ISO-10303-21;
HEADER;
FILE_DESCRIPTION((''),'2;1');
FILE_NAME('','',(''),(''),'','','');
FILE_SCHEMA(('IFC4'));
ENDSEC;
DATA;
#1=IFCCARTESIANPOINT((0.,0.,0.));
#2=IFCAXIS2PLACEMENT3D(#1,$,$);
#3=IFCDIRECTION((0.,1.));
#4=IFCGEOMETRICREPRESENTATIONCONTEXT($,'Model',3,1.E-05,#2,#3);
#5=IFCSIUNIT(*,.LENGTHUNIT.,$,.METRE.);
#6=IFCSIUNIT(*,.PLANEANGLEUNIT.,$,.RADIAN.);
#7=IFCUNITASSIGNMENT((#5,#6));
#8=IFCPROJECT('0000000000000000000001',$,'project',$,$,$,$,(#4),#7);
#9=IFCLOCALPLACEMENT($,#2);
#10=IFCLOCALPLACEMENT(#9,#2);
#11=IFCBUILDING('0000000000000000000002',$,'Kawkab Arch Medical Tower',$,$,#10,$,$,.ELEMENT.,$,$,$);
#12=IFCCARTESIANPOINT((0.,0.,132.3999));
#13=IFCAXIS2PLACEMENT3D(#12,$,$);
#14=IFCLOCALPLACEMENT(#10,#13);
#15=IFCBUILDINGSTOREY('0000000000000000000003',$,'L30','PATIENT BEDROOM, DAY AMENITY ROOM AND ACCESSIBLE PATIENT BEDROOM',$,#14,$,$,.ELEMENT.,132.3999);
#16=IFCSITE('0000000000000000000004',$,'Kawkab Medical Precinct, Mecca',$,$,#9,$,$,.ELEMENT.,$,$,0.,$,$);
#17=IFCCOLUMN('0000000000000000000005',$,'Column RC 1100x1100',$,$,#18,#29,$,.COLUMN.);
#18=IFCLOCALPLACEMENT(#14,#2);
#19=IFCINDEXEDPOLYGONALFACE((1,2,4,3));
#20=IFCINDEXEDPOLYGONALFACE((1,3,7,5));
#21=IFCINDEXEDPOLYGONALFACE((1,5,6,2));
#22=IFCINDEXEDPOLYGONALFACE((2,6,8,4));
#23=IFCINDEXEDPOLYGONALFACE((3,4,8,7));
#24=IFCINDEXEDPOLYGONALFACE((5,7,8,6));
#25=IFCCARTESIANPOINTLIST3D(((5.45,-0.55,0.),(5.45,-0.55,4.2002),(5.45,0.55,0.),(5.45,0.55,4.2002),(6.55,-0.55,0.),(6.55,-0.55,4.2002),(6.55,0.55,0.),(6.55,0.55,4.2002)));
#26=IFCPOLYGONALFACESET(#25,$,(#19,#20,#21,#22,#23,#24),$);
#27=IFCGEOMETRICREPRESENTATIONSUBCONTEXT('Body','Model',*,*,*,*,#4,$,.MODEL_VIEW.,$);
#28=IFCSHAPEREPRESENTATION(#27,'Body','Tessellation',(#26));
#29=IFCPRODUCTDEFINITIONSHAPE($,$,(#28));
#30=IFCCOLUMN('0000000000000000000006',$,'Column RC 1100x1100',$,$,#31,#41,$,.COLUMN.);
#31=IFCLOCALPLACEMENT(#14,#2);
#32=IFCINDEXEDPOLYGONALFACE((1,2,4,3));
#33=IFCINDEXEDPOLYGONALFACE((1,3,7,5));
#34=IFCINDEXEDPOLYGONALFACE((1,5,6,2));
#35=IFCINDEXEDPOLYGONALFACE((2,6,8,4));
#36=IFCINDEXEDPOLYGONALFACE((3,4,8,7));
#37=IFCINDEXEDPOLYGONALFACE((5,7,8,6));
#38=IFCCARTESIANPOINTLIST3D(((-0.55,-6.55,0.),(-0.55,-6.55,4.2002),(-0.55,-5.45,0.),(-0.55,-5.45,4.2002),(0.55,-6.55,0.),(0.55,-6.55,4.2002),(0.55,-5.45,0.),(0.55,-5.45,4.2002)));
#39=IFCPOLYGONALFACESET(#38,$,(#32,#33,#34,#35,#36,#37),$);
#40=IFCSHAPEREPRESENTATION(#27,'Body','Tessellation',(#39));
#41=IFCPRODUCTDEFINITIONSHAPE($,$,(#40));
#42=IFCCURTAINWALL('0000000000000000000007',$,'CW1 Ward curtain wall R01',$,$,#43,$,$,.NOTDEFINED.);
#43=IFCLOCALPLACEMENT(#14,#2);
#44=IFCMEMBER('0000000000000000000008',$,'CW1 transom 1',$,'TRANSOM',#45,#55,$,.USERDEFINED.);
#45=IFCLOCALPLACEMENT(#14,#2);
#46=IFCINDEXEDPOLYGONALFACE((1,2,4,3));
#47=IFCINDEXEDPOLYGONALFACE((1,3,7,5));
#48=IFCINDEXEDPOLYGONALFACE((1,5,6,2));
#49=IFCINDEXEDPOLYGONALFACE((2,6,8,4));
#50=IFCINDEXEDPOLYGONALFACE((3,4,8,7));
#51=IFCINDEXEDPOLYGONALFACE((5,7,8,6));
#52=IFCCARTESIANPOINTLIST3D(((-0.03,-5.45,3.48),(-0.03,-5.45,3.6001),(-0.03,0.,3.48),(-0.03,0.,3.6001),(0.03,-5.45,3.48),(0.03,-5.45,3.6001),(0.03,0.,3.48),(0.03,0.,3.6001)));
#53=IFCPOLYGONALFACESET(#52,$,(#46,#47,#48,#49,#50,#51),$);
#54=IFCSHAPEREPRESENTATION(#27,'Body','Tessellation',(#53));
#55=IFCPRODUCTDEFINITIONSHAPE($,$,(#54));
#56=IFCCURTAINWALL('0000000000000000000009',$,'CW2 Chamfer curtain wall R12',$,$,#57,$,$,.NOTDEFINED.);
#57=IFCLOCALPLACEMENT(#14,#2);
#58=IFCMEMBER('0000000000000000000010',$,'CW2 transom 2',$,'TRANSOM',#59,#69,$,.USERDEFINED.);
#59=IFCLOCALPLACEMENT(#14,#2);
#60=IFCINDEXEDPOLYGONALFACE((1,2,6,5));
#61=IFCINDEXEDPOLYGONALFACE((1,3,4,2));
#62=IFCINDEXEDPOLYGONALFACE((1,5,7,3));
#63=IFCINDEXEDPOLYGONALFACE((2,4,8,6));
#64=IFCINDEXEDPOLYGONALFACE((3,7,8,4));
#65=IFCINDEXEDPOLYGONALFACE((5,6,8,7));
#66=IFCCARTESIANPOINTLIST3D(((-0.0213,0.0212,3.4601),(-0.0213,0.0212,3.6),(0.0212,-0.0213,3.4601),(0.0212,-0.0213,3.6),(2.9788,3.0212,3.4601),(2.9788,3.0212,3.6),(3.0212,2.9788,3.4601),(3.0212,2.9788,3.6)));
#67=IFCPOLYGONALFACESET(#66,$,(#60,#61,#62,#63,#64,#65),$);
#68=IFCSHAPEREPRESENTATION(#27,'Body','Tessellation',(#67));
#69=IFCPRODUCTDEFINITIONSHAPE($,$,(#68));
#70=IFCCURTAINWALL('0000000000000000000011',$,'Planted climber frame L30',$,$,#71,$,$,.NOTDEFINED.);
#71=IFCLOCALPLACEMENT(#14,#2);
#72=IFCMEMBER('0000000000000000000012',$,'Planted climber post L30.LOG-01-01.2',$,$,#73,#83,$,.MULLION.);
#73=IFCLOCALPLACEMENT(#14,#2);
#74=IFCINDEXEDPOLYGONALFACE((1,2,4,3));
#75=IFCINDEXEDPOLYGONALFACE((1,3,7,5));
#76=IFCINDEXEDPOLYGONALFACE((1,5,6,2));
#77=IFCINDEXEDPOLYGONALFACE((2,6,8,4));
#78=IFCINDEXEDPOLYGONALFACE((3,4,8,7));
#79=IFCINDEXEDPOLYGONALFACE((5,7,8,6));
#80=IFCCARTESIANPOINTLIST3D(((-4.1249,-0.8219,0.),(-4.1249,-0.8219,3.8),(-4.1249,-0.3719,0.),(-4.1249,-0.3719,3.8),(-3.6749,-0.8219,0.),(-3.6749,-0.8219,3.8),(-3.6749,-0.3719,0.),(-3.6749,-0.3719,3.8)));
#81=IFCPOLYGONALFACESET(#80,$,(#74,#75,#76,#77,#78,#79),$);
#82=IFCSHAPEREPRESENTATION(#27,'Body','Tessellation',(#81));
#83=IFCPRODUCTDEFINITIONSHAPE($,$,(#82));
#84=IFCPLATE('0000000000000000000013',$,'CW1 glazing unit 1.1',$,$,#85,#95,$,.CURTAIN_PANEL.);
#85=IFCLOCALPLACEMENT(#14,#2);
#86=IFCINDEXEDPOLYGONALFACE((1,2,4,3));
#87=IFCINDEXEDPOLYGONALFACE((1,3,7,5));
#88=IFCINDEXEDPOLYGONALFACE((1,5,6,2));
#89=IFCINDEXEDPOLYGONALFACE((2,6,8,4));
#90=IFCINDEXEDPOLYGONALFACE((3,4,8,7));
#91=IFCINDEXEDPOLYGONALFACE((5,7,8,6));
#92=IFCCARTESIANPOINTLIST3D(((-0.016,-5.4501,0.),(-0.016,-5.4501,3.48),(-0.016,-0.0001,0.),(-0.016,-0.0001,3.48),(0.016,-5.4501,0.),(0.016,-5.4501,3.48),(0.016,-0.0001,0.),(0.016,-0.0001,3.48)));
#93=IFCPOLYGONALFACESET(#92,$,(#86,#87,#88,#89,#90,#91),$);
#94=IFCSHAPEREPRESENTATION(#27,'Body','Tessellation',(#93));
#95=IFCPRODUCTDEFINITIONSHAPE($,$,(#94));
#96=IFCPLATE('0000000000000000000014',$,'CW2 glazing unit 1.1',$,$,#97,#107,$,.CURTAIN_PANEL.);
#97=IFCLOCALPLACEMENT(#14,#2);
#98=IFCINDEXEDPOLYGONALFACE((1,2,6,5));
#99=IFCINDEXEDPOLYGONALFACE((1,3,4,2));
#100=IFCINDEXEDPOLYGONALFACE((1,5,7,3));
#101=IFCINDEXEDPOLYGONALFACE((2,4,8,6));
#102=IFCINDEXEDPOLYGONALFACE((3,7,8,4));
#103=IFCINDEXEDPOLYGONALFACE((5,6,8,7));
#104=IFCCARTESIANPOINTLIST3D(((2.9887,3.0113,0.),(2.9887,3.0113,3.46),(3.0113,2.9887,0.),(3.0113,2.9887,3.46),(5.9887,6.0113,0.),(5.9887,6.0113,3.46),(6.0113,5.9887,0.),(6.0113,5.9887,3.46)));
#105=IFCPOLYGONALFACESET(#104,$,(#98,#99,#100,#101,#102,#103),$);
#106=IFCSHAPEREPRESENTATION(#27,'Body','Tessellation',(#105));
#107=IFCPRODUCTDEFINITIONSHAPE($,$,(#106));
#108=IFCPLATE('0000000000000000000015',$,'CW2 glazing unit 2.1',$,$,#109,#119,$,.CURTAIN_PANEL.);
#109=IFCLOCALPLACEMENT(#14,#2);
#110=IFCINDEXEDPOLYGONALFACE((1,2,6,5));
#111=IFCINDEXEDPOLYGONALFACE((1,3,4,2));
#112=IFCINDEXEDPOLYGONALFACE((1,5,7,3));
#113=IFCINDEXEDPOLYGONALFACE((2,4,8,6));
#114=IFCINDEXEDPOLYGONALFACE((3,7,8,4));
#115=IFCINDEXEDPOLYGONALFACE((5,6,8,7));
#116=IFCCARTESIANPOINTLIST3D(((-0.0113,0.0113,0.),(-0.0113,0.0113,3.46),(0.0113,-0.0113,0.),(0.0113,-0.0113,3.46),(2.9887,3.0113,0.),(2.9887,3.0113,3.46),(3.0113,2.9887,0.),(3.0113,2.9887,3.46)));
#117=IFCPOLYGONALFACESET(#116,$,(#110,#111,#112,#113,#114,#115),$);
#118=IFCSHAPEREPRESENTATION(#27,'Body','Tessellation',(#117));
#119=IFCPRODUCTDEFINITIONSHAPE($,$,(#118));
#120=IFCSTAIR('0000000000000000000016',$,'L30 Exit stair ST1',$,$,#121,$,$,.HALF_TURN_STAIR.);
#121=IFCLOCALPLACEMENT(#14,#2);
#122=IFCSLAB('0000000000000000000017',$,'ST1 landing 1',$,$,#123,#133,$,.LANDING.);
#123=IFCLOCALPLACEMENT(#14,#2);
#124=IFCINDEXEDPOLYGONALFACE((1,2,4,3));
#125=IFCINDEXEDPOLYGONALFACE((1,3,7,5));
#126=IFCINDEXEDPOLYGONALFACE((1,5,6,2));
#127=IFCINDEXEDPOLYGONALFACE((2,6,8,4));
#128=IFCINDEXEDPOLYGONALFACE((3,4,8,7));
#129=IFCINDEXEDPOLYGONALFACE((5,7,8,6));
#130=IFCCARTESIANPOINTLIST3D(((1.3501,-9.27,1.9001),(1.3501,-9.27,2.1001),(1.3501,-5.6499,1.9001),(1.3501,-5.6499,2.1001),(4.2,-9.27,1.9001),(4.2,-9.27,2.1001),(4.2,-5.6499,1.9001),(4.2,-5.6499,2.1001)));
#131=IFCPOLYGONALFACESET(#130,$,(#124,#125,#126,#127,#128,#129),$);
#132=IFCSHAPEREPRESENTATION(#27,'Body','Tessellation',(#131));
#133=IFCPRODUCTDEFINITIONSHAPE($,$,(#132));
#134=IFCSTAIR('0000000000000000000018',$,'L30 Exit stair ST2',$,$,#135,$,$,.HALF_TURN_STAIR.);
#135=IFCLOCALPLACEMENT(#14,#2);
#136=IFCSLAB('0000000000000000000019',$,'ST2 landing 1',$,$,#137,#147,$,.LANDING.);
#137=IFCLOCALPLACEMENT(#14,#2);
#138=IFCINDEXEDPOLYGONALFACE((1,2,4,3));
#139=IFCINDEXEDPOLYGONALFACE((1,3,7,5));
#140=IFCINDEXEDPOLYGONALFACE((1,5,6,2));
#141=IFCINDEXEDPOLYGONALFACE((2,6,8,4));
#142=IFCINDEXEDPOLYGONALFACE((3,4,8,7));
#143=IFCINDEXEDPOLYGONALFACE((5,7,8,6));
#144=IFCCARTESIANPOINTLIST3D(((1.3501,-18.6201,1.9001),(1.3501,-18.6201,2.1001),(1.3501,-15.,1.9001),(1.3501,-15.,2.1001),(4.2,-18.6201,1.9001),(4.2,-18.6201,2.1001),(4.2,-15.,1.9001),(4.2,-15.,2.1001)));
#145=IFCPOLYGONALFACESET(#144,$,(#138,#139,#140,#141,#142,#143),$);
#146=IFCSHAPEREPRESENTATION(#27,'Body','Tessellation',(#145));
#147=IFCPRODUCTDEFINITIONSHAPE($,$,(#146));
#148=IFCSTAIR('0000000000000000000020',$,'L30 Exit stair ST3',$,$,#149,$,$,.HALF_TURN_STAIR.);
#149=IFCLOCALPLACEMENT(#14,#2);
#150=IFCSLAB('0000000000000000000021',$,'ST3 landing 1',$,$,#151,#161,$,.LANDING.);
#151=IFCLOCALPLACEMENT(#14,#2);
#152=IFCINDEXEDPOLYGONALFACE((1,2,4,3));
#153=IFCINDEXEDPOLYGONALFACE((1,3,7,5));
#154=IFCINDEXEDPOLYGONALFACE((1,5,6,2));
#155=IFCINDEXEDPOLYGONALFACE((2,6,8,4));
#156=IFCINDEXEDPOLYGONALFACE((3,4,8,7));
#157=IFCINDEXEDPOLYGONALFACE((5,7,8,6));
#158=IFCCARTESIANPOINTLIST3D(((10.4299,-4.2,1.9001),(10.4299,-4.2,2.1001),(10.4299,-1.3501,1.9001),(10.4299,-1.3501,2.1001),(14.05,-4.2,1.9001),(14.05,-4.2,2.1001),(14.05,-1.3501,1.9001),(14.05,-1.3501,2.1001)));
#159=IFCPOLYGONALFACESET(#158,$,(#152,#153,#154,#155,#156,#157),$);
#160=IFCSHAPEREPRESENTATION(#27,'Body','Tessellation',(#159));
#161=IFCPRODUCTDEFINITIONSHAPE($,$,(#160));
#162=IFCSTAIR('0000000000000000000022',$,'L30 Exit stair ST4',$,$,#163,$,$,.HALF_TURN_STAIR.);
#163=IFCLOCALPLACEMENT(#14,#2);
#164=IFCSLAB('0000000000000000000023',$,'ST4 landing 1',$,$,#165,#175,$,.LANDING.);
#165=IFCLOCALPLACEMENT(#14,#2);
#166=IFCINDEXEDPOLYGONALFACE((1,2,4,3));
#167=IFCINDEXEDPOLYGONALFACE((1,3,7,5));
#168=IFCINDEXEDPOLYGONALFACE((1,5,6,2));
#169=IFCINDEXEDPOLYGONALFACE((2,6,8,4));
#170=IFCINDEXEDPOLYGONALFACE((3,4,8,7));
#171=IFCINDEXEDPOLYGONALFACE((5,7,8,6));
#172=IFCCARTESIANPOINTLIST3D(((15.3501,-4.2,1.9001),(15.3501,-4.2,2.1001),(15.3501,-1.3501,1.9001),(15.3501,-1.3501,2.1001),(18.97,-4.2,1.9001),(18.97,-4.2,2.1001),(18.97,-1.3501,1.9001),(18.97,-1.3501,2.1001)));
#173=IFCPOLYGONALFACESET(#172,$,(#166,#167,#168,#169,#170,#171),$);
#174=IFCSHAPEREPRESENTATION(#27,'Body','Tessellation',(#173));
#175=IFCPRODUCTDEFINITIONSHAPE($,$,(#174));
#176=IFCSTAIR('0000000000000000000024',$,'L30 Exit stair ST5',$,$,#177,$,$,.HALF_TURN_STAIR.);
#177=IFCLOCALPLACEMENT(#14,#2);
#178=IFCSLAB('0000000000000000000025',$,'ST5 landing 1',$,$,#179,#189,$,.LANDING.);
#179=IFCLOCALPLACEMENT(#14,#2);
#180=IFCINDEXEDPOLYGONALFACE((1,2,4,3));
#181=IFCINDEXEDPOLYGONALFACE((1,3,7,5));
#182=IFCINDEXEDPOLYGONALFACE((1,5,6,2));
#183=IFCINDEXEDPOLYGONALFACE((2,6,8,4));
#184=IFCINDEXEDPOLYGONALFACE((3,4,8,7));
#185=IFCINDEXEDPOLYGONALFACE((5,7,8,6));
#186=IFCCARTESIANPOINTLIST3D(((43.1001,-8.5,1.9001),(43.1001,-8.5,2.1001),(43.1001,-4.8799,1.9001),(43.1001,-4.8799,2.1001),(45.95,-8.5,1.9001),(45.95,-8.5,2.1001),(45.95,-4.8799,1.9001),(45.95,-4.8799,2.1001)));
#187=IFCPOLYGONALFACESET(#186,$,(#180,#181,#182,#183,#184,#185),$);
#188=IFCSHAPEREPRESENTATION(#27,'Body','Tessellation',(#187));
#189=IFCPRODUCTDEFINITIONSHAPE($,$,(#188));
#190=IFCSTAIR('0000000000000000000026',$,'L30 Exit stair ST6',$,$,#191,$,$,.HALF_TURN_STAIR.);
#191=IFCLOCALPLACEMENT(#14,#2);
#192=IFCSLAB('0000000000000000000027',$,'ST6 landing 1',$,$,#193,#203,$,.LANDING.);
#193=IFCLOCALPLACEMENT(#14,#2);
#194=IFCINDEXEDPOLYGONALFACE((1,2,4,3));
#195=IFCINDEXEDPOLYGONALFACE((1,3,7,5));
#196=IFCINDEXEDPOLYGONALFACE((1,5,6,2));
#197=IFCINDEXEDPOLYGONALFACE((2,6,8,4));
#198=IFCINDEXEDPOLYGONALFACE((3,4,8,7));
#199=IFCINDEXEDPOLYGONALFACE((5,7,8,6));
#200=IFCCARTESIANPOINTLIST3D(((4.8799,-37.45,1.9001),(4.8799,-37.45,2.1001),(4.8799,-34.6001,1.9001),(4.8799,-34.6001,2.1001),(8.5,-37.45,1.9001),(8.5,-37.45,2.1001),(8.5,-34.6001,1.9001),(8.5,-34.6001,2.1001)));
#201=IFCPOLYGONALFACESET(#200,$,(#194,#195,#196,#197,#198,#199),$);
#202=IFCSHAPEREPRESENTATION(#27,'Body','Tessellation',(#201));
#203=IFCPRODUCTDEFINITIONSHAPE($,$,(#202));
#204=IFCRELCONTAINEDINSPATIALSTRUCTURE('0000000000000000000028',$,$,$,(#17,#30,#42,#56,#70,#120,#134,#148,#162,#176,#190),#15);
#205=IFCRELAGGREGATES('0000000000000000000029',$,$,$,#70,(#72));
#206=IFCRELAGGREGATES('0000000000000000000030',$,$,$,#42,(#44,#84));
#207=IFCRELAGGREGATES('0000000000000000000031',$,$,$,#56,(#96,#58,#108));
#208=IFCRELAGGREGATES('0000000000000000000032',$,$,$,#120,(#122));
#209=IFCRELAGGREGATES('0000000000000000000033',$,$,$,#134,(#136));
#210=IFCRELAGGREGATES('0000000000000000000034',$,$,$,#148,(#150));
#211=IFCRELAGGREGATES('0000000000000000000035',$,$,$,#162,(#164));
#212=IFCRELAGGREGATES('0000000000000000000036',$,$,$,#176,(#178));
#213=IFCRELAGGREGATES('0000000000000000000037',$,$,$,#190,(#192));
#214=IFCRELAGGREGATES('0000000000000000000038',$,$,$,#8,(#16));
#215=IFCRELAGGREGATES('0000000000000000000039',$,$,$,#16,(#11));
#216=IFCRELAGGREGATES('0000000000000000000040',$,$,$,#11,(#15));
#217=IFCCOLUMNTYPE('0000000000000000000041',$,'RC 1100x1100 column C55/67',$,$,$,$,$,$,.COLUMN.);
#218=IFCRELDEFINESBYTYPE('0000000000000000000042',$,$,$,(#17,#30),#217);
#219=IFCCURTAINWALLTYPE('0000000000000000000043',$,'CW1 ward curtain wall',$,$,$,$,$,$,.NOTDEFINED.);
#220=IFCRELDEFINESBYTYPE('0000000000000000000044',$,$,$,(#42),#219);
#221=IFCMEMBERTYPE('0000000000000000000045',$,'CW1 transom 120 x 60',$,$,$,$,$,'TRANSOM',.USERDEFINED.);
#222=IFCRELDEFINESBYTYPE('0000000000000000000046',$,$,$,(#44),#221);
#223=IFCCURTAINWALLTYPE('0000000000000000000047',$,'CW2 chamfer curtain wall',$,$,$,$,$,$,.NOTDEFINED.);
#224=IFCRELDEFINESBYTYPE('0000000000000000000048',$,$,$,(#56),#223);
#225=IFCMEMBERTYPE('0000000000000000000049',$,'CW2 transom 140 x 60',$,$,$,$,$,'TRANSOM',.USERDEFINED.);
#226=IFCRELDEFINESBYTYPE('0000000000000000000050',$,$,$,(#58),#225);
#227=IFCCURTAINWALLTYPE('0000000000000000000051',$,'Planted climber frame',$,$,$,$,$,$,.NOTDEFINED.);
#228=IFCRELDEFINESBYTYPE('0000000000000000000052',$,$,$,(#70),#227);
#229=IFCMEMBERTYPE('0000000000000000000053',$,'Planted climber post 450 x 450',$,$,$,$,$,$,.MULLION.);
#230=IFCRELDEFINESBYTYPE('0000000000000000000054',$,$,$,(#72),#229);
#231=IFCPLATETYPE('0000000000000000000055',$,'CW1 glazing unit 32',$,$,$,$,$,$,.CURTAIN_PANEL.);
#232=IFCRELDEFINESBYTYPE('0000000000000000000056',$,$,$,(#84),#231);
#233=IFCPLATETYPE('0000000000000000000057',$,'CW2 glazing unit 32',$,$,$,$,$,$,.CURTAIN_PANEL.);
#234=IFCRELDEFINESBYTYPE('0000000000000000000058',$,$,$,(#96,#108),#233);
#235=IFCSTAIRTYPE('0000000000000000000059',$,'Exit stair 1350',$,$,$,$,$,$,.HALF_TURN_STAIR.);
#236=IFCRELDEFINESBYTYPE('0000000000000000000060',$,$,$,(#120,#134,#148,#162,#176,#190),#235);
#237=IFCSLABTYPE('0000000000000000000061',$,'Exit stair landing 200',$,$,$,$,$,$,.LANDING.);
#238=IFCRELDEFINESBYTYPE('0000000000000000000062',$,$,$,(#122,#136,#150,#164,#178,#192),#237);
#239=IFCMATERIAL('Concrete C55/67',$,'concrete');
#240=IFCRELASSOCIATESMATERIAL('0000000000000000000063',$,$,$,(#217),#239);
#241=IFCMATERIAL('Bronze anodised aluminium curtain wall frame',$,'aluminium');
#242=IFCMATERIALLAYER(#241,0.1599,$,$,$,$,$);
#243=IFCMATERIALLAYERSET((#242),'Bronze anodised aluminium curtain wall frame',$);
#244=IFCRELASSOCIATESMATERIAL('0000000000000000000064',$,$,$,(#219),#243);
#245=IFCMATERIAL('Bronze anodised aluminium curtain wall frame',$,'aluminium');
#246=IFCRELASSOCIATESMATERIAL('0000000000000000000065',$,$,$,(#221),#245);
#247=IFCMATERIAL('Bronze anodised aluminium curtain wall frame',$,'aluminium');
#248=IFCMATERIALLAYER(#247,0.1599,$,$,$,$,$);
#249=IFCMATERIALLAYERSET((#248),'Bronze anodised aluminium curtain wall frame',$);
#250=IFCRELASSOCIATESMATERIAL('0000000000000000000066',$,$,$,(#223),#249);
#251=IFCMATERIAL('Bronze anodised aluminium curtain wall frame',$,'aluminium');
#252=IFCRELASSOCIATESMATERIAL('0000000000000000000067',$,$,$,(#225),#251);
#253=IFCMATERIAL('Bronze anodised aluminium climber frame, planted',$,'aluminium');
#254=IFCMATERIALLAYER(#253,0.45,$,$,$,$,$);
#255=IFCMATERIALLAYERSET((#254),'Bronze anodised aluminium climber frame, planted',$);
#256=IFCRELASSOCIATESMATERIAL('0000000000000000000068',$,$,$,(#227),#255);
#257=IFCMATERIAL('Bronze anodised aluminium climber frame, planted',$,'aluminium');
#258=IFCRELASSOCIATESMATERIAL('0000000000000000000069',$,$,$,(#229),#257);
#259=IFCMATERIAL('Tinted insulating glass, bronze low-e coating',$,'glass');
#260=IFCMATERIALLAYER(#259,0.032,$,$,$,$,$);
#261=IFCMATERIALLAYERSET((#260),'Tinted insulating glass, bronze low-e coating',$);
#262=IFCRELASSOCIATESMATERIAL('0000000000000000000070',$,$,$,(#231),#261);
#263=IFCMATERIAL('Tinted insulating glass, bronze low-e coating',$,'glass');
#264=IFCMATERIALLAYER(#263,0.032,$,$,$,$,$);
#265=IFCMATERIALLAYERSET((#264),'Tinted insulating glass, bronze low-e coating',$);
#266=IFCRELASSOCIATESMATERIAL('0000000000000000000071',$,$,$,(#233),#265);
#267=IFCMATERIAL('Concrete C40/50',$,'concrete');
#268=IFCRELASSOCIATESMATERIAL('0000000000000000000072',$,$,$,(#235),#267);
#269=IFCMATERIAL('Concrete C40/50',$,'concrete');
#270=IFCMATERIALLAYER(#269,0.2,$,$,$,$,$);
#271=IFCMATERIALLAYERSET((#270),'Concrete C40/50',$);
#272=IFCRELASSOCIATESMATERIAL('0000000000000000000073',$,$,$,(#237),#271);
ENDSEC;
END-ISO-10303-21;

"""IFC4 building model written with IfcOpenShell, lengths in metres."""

from ifc_helpers import new_model, si_unit, direction, frame, origin, origin_2d, place, context, subcontext, project, spatial, polyline, rectangle, outline, extrude, material, layer, layer_set, material_profile, profile_set, type_object, element, aggregate, save


model = new_model("IFC4")

# Units and contexts
model_context = context("Model", 3, precision=1e-05, world=origin(), true_north=direction((0.0, 1.0)))
body_context = subcontext(model_context, "Body", "Model", "MODEL_VIEW")
ifc_project = project(units=[si_unit("LENGTHUNIT", "METRE"), si_unit("PLANEANGLEUNIT", "RADIAN")], contexts=[model_context])

# Site, building, storey
site_placement = place(None, origin())
site = spatial("IfcSite", under=ifc_project, at=site_placement, Name="Kawkab Medical Precinct, Mecca", CompositionType="ELEMENT", RefElevation=0.0)
building_placement = place(site_placement, origin())
building = spatial("IfcBuilding", under=site, at=building_placement, Name="Kawkab Arch Medical Tower", CompositionType="ELEMENT")
storey_placement = place(building_placement, frame((0.0, 0.0, 132.3999)))
storey = spatial("IfcBuildingStorey", under=building, at=storey_placement, Name="L30", Description="PATIENT BEDROOM, DAY AMENITY ROOM AND ACCESSIBLE PATIENT BEDROOM", CompositionType="ELEMENT", Elevation=132.3999)

# Columns
ifc_material_1 = material(Name="Concrete C55/67", Category="concrete")
ifc_material_profile_1 = material_profile(ifc_material_1, rectangle(XDim=1.1001, YDim=1.1001, at=origin_2d()), Name="RC 1100x1100")
ifc_profile_set_1 = profile_set([ifc_material_profile_1], Name="Concrete C55/67")
column_type = type_object("IfcColumnType", Name="RC 1100x1100 column C55/67", PredefinedType="COLUMN", material=ifc_profile_set_1)
for number, where, z_axis, x_axis, name in (
    (1, (6.0, 0.0, 0.0), (0.0, 0.0, 1.0), (1.0, 0.0, 0.0), "Column RC 1100x1100"),
    (2, (0.0, -6.0, 0.0), (0.0, 0.0, 1.0), (1.0, 0.0, 0.0), "Column RC 1100x1100"),
):
    element("IfcColumn", number, at=place(storey_placement, frame(where, z_axis=z_axis, x_axis=x_axis)), inside=storey, type_object=column_type, Name=name, PredefinedType="COLUMN", context=body_context, shape_type="SweptSolid", body=[
        extrude(rectangle(XDim=1.1001, YDim=1.1001, at=origin_2d()), origin(), (0.0, 0.0, 1.0), 4.2002),
    ])

# Curtain walls, members
ifc_material_2 = material(Name="Bronze anodised aluminium curtain wall frame", Category="aluminium")
ifc_layer_1 = layer(ifc_material_2, 0.1599)
ifc_layer_set_1 = layer_set([ifc_layer_1], Name="Bronze anodised aluminium curtain wall frame")
curtain_wall_type_1 = type_object("IfcCurtainWallType", Name="CW1 ward curtain wall", PredefinedType="NOTDEFINED", material=ifc_layer_set_1)
placement_1 = place(storey_placement, origin())
curtain_wall_1 = element("IfcCurtainWall", 3, at=placement_1, inside=storey, type_object=curtain_wall_type_1, Name="CW1 Ward curtain wall R01", PredefinedType="NOTDEFINED")
ifc_material_3 = material(Name="Bronze anodised aluminium curtain wall frame", Category="aluminium")
ifc_material_profile_2 = material_profile(ifc_material_3, rectangle(XDim=0.0601, YDim=0.1201, at=origin_2d()), Name="AL 60x120")
ifc_profile_set_2 = profile_set([ifc_material_profile_2], Name="Bronze anodised aluminium curtain wall frame")
member_type_1 = type_object("IfcMemberType", Name="CW1 transom 120 x 60", ElementType="TRANSOM", PredefinedType="USERDEFINED", material=ifc_profile_set_2)
member_1_placement = place(storey_placement, frame((0.0, 0.0, 3.54), z_axis=(0.0, -1.0, 0.0), x_axis=(1.0, 0.0, 0.0)))
member_1 = element("IfcMember", 4, at=member_1_placement, type_object=member_type_1, Name="CW1 transom 1", ObjectType="TRANSOM", PredefinedType="USERDEFINED", context=body_context, shape_type="SweptSolid", body=[
    extrude(rectangle(XDim=0.0601, YDim=0.1201, at=origin_2d()), origin(), (0.0, 0.0, 1.0), 5.45),
])
ifc_material_4 = material(Name="Bronze anodised aluminium curtain wall frame", Category="aluminium")
ifc_layer_2 = layer(ifc_material_4, 0.1599)
ifc_layer_set_2 = layer_set([ifc_layer_2], Name="Bronze anodised aluminium curtain wall frame")
curtain_wall_type_2 = type_object("IfcCurtainWallType", Name="CW2 chamfer curtain wall", PredefinedType="NOTDEFINED", material=ifc_layer_set_2)
curtain_wall_2 = element("IfcCurtainWall", 5, at=placement_1, inside=storey, type_object=curtain_wall_type_2, Name="CW2 Chamfer curtain wall R12", PredefinedType="NOTDEFINED")
ifc_material_5 = material(Name="Bronze anodised aluminium curtain wall frame", Category="aluminium")
ifc_material_profile_3 = material_profile(ifc_material_5, rectangle(XDim=0.0601, YDim=0.1399, at=origin_2d()), Name="AL 60x140")
ifc_profile_set_3 = profile_set([ifc_material_profile_3], Name="Bronze anodised aluminium curtain wall frame")
member_type_2 = type_object("IfcMemberType", Name="CW2 transom 140 x 60", ElementType="TRANSOM", PredefinedType="USERDEFINED", material=ifc_profile_set_3)
member_2_placement = place(storey_placement, frame((3.0, 3.0, 3.53), z_axis=(-0.707107, -0.707107, 0.0), x_axis=(0.707107, -0.707107, 0.0)))
member_2 = element("IfcMember", 6, at=member_2_placement, type_object=member_type_2, Name="CW2 transom 2", ObjectType="TRANSOM", PredefinedType="USERDEFINED", context=body_context, shape_type="SweptSolid", body=[
    extrude(rectangle(XDim=0.0601, YDim=0.1399, at=origin_2d()), origin(), (0.0, 0.0, 1.0), 4.2427),
])
ifc_material_6 = material(Name="Bronze anodised aluminium climber frame, planted", Category="aluminium")
ifc_layer_3 = layer(ifc_material_6, 0.45)
ifc_layer_set_3 = layer_set([ifc_layer_3], Name="Bronze anodised aluminium climber frame, planted")
curtain_wall_type_3 = type_object("IfcCurtainWallType", Name="Planted climber frame", PredefinedType="NOTDEFINED", material=ifc_layer_set_3)
curtain_wall_3 = element("IfcCurtainWall", 7, at=placement_1, inside=storey, type_object=curtain_wall_type_3, Name="Planted climber frame L30", PredefinedType="NOTDEFINED")
ifc_material_7 = material(Name="Bronze anodised aluminium climber frame, planted", Category="aluminium")
ifc_material_profile_4 = material_profile(ifc_material_7, rectangle(XDim=0.45, YDim=0.45, at=origin_2d()), Name="Post 450x450")
ifc_profile_set_4 = profile_set([ifc_material_profile_4], Name="Bronze anodised aluminium climber frame, planted")
member_type_3 = type_object("IfcMemberType", Name="Planted climber post 450 x 450", PredefinedType="MULLION", material=ifc_profile_set_4)
member_3_placement = place(storey_placement, frame((-3.8999, -0.5969, 0.0), z_axis=(0.0, 0.0, 1.0), x_axis=(1.0, 0.0, 0.0)))
member_3 = element("IfcMember", 8, at=member_3_placement, type_object=member_type_3, Name="Planted climber post L30.LOG-01-01.2", PredefinedType="MULLION", context=body_context, shape_type="SweptSolid", body=[
    extrude(rectangle(XDim=0.45, YDim=0.45, at=origin_2d()), origin(), (0.0, 0.0, 1.0), 3.8),
])
aggregate(curtain_wall_3, [member_3])

# Plates
ifc_material_8 = material(Name="Tinted insulating glass, bronze low-e coating", Category="glass")
ifc_layer_4 = layer(ifc_material_8, 0.032)
ifc_layer_set_4 = layer_set([ifc_layer_4], Name="Tinted insulating glass, bronze low-e coating")
plate_type_1 = type_object("IfcPlateType", Name="CW1 glazing unit 32", PredefinedType="CURTAIN_PANEL", material=ifc_layer_set_4)
plate_1_placement = place(storey_placement, frame((0.0, -2.7251, 0.0), z_axis=(0.0, 0.0, 1.0), x_axis=(0.0, -1.0, 0.0)))
plate_1 = element("IfcPlate", 9, at=plate_1_placement, type_object=plate_type_1, Name="CW1 glazing unit 1.1", PredefinedType="CURTAIN_PANEL", context=body_context, shape_type="SweptSolid", body=[
    extrude(rectangle(XDim=5.45, YDim=0.032, at=origin_2d()), origin(), (0.0, 0.0, 1.0), 3.48),
])
aggregate(curtain_wall_1, [member_1, plate_1])
ifc_material_9 = material(Name="Tinted insulating glass, bronze low-e coating", Category="glass")
ifc_layer_5 = layer(ifc_material_9, 0.032)
ifc_layer_set_5 = layer_set([ifc_layer_5], Name="Tinted insulating glass, bronze low-e coating")
plate_type_2 = type_object("IfcPlateType", Name="CW2 glazing unit 32", PredefinedType="CURTAIN_PANEL", material=ifc_layer_set_5)
plate_2_placement = place(storey_placement, frame((4.5, 4.5, 0.0), z_axis=(0.0, 0.0, 1.0), x_axis=(-0.707107, -0.707107, 0.0)))
plate_2 = element("IfcPlate", 10, at=plate_2_placement, type_object=plate_type_2, Name="CW2 glazing unit 1.1", PredefinedType="CURTAIN_PANEL", context=body_context, shape_type="SweptSolid", body=[
    extrude(rectangle(XDim=4.2427, YDim=0.032, at=origin_2d()), origin(), (0.0, 0.0, 1.0), 3.46),
])
plate_3_placement = place(storey_placement, frame((1.5, 1.5, 0.0), z_axis=(0.0, 0.0, 1.0), x_axis=(-0.707107, -0.707107, 0.0)))
plate_3 = element("IfcPlate", 11, at=plate_3_placement, type_object=plate_type_2, Name="CW2 glazing unit 2.1", PredefinedType="CURTAIN_PANEL", context=body_context, shape_type="SweptSolid", body=[
    extrude(rectangle(XDim=4.2427, YDim=0.032, at=origin_2d()), origin(), (0.0, 0.0, 1.0), 3.46),
])
aggregate(curtain_wall_2, [plate_2, member_2, plate_3])

# Stairs, slabs
ifc_material_10 = material(Name="Concrete C40/50", Category="concrete")
stair_type = type_object("IfcStairType", Name="Exit stair 1350", PredefinedType="HALF_TURN_STAIR", material=ifc_material_10)
stair_1 = element("IfcStair", 12, at=placement_1, inside=storey, type_object=stair_type, Name="L30 Exit stair ST1", PredefinedType="HALF_TURN_STAIR")
ifc_material_11 = material(Name="Concrete C40/50", Category="concrete")
ifc_layer_6 = layer(ifc_material_11, 0.2)
ifc_layer_set_6 = layer_set([ifc_layer_6], Name="Concrete C40/50")
slab_type_1 = type_object("IfcSlabType", Name="Exit stair landing 200", PredefinedType="LANDING", material=ifc_layer_set_6)
placement_2 = place(storey_placement, frame((0.0, 0.0, 1.9001)))
slab_1 = element("IfcSlab", 13, at=placement_2, type_object=slab_type_1, Name="ST1 landing 1", PredefinedType="LANDING", context=body_context, shape_type="SweptSolid", body=[
    extrude(outline(polyline([(4.2, -9.27), (4.2, -5.6499), (1.3501, -5.6499), (1.3501, -9.27), (4.2, -9.27)])), origin(), (0.0, 0.0, 1.0), 0.2),
])
aggregate(stair_1, [slab_1])
stair_2 = element("IfcStair", 14, at=placement_1, inside=storey, type_object=stair_type, Name="L30 Exit stair ST2", PredefinedType="HALF_TURN_STAIR")
slab_2 = element("IfcSlab", 15, at=placement_2, type_object=slab_type_1, Name="ST2 landing 1", PredefinedType="LANDING", context=body_context, shape_type="SweptSolid", body=[
    extrude(outline(polyline([(4.2, -18.6201), (4.2, -15.0), (1.3501, -15.0), (1.3501, -18.6201), (4.2, -18.6201)])), origin(), (0.0, 0.0, 1.0), 0.2),
])
aggregate(stair_2, [slab_2])
stair_3 = element("IfcStair", 16, at=placement_1, inside=storey, type_object=stair_type, Name="L30 Exit stair ST3", PredefinedType="HALF_TURN_STAIR")
slab_3 = element("IfcSlab", 17, at=placement_2, type_object=slab_type_1, Name="ST3 landing 1", PredefinedType="LANDING", context=body_context, shape_type="SweptSolid", body=[
    extrude(outline(polyline([(10.4299, -4.2), (14.05, -4.2), (14.05, -1.3501), (10.4299, -1.3501), (10.4299, -4.2)])), origin(), (0.0, 0.0, 1.0), 0.2),
])
aggregate(stair_3, [slab_3])
stair_4 = element("IfcStair", 18, at=placement_1, inside=storey, type_object=stair_type, Name="L30 Exit stair ST4", PredefinedType="HALF_TURN_STAIR")
slab_4 = element("IfcSlab", 19, at=placement_2, type_object=slab_type_1, Name="ST4 landing 1", PredefinedType="LANDING", context=body_context, shape_type="SweptSolid", body=[
    extrude(outline(polyline([(18.97, -1.3501), (15.3501, -1.3501), (15.3501, -4.2), (18.97, -4.2), (18.97, -1.3501)])), origin(), (0.0, 0.0, 1.0), 0.2),
])
aggregate(stair_4, [slab_4])
stair_5 = element("IfcStair", 20, at=placement_1, inside=storey, type_object=stair_type, Name="L30 Exit stair ST5", PredefinedType="HALF_TURN_STAIR")
slab_5 = element("IfcSlab", 21, at=placement_2, type_object=slab_type_1, Name="ST5 landing 1", PredefinedType="LANDING", context=body_context, shape_type="SweptSolid", body=[
    extrude(outline(polyline([(43.1001, -4.8799), (43.1001, -8.5), (45.95, -8.5), (45.95, -4.8799), (43.1001, -4.8799)])), origin(), (0.0, 0.0, 1.0), 0.2),
])
aggregate(stair_5, [slab_5])
stair_6 = element("IfcStair", 22, at=placement_1, inside=storey, type_object=stair_type, Name="L30 Exit stair ST6", PredefinedType="HALF_TURN_STAIR")
slab_6 = element("IfcSlab", 23, at=placement_2, type_object=slab_type_1, Name="ST6 landing 1", PredefinedType="LANDING", context=body_context, shape_type="SweptSolid", body=[
    extrude(outline(polyline([(4.8799, -37.45), (8.5, -37.45), (8.5, -34.6001), (4.8799, -34.6001), (4.8799, -37.45)])), origin(), (0.0, 0.0, 1.0), 0.2),
])
aggregate(stair_6, [slab_6])

save(model, "model.ifc")
